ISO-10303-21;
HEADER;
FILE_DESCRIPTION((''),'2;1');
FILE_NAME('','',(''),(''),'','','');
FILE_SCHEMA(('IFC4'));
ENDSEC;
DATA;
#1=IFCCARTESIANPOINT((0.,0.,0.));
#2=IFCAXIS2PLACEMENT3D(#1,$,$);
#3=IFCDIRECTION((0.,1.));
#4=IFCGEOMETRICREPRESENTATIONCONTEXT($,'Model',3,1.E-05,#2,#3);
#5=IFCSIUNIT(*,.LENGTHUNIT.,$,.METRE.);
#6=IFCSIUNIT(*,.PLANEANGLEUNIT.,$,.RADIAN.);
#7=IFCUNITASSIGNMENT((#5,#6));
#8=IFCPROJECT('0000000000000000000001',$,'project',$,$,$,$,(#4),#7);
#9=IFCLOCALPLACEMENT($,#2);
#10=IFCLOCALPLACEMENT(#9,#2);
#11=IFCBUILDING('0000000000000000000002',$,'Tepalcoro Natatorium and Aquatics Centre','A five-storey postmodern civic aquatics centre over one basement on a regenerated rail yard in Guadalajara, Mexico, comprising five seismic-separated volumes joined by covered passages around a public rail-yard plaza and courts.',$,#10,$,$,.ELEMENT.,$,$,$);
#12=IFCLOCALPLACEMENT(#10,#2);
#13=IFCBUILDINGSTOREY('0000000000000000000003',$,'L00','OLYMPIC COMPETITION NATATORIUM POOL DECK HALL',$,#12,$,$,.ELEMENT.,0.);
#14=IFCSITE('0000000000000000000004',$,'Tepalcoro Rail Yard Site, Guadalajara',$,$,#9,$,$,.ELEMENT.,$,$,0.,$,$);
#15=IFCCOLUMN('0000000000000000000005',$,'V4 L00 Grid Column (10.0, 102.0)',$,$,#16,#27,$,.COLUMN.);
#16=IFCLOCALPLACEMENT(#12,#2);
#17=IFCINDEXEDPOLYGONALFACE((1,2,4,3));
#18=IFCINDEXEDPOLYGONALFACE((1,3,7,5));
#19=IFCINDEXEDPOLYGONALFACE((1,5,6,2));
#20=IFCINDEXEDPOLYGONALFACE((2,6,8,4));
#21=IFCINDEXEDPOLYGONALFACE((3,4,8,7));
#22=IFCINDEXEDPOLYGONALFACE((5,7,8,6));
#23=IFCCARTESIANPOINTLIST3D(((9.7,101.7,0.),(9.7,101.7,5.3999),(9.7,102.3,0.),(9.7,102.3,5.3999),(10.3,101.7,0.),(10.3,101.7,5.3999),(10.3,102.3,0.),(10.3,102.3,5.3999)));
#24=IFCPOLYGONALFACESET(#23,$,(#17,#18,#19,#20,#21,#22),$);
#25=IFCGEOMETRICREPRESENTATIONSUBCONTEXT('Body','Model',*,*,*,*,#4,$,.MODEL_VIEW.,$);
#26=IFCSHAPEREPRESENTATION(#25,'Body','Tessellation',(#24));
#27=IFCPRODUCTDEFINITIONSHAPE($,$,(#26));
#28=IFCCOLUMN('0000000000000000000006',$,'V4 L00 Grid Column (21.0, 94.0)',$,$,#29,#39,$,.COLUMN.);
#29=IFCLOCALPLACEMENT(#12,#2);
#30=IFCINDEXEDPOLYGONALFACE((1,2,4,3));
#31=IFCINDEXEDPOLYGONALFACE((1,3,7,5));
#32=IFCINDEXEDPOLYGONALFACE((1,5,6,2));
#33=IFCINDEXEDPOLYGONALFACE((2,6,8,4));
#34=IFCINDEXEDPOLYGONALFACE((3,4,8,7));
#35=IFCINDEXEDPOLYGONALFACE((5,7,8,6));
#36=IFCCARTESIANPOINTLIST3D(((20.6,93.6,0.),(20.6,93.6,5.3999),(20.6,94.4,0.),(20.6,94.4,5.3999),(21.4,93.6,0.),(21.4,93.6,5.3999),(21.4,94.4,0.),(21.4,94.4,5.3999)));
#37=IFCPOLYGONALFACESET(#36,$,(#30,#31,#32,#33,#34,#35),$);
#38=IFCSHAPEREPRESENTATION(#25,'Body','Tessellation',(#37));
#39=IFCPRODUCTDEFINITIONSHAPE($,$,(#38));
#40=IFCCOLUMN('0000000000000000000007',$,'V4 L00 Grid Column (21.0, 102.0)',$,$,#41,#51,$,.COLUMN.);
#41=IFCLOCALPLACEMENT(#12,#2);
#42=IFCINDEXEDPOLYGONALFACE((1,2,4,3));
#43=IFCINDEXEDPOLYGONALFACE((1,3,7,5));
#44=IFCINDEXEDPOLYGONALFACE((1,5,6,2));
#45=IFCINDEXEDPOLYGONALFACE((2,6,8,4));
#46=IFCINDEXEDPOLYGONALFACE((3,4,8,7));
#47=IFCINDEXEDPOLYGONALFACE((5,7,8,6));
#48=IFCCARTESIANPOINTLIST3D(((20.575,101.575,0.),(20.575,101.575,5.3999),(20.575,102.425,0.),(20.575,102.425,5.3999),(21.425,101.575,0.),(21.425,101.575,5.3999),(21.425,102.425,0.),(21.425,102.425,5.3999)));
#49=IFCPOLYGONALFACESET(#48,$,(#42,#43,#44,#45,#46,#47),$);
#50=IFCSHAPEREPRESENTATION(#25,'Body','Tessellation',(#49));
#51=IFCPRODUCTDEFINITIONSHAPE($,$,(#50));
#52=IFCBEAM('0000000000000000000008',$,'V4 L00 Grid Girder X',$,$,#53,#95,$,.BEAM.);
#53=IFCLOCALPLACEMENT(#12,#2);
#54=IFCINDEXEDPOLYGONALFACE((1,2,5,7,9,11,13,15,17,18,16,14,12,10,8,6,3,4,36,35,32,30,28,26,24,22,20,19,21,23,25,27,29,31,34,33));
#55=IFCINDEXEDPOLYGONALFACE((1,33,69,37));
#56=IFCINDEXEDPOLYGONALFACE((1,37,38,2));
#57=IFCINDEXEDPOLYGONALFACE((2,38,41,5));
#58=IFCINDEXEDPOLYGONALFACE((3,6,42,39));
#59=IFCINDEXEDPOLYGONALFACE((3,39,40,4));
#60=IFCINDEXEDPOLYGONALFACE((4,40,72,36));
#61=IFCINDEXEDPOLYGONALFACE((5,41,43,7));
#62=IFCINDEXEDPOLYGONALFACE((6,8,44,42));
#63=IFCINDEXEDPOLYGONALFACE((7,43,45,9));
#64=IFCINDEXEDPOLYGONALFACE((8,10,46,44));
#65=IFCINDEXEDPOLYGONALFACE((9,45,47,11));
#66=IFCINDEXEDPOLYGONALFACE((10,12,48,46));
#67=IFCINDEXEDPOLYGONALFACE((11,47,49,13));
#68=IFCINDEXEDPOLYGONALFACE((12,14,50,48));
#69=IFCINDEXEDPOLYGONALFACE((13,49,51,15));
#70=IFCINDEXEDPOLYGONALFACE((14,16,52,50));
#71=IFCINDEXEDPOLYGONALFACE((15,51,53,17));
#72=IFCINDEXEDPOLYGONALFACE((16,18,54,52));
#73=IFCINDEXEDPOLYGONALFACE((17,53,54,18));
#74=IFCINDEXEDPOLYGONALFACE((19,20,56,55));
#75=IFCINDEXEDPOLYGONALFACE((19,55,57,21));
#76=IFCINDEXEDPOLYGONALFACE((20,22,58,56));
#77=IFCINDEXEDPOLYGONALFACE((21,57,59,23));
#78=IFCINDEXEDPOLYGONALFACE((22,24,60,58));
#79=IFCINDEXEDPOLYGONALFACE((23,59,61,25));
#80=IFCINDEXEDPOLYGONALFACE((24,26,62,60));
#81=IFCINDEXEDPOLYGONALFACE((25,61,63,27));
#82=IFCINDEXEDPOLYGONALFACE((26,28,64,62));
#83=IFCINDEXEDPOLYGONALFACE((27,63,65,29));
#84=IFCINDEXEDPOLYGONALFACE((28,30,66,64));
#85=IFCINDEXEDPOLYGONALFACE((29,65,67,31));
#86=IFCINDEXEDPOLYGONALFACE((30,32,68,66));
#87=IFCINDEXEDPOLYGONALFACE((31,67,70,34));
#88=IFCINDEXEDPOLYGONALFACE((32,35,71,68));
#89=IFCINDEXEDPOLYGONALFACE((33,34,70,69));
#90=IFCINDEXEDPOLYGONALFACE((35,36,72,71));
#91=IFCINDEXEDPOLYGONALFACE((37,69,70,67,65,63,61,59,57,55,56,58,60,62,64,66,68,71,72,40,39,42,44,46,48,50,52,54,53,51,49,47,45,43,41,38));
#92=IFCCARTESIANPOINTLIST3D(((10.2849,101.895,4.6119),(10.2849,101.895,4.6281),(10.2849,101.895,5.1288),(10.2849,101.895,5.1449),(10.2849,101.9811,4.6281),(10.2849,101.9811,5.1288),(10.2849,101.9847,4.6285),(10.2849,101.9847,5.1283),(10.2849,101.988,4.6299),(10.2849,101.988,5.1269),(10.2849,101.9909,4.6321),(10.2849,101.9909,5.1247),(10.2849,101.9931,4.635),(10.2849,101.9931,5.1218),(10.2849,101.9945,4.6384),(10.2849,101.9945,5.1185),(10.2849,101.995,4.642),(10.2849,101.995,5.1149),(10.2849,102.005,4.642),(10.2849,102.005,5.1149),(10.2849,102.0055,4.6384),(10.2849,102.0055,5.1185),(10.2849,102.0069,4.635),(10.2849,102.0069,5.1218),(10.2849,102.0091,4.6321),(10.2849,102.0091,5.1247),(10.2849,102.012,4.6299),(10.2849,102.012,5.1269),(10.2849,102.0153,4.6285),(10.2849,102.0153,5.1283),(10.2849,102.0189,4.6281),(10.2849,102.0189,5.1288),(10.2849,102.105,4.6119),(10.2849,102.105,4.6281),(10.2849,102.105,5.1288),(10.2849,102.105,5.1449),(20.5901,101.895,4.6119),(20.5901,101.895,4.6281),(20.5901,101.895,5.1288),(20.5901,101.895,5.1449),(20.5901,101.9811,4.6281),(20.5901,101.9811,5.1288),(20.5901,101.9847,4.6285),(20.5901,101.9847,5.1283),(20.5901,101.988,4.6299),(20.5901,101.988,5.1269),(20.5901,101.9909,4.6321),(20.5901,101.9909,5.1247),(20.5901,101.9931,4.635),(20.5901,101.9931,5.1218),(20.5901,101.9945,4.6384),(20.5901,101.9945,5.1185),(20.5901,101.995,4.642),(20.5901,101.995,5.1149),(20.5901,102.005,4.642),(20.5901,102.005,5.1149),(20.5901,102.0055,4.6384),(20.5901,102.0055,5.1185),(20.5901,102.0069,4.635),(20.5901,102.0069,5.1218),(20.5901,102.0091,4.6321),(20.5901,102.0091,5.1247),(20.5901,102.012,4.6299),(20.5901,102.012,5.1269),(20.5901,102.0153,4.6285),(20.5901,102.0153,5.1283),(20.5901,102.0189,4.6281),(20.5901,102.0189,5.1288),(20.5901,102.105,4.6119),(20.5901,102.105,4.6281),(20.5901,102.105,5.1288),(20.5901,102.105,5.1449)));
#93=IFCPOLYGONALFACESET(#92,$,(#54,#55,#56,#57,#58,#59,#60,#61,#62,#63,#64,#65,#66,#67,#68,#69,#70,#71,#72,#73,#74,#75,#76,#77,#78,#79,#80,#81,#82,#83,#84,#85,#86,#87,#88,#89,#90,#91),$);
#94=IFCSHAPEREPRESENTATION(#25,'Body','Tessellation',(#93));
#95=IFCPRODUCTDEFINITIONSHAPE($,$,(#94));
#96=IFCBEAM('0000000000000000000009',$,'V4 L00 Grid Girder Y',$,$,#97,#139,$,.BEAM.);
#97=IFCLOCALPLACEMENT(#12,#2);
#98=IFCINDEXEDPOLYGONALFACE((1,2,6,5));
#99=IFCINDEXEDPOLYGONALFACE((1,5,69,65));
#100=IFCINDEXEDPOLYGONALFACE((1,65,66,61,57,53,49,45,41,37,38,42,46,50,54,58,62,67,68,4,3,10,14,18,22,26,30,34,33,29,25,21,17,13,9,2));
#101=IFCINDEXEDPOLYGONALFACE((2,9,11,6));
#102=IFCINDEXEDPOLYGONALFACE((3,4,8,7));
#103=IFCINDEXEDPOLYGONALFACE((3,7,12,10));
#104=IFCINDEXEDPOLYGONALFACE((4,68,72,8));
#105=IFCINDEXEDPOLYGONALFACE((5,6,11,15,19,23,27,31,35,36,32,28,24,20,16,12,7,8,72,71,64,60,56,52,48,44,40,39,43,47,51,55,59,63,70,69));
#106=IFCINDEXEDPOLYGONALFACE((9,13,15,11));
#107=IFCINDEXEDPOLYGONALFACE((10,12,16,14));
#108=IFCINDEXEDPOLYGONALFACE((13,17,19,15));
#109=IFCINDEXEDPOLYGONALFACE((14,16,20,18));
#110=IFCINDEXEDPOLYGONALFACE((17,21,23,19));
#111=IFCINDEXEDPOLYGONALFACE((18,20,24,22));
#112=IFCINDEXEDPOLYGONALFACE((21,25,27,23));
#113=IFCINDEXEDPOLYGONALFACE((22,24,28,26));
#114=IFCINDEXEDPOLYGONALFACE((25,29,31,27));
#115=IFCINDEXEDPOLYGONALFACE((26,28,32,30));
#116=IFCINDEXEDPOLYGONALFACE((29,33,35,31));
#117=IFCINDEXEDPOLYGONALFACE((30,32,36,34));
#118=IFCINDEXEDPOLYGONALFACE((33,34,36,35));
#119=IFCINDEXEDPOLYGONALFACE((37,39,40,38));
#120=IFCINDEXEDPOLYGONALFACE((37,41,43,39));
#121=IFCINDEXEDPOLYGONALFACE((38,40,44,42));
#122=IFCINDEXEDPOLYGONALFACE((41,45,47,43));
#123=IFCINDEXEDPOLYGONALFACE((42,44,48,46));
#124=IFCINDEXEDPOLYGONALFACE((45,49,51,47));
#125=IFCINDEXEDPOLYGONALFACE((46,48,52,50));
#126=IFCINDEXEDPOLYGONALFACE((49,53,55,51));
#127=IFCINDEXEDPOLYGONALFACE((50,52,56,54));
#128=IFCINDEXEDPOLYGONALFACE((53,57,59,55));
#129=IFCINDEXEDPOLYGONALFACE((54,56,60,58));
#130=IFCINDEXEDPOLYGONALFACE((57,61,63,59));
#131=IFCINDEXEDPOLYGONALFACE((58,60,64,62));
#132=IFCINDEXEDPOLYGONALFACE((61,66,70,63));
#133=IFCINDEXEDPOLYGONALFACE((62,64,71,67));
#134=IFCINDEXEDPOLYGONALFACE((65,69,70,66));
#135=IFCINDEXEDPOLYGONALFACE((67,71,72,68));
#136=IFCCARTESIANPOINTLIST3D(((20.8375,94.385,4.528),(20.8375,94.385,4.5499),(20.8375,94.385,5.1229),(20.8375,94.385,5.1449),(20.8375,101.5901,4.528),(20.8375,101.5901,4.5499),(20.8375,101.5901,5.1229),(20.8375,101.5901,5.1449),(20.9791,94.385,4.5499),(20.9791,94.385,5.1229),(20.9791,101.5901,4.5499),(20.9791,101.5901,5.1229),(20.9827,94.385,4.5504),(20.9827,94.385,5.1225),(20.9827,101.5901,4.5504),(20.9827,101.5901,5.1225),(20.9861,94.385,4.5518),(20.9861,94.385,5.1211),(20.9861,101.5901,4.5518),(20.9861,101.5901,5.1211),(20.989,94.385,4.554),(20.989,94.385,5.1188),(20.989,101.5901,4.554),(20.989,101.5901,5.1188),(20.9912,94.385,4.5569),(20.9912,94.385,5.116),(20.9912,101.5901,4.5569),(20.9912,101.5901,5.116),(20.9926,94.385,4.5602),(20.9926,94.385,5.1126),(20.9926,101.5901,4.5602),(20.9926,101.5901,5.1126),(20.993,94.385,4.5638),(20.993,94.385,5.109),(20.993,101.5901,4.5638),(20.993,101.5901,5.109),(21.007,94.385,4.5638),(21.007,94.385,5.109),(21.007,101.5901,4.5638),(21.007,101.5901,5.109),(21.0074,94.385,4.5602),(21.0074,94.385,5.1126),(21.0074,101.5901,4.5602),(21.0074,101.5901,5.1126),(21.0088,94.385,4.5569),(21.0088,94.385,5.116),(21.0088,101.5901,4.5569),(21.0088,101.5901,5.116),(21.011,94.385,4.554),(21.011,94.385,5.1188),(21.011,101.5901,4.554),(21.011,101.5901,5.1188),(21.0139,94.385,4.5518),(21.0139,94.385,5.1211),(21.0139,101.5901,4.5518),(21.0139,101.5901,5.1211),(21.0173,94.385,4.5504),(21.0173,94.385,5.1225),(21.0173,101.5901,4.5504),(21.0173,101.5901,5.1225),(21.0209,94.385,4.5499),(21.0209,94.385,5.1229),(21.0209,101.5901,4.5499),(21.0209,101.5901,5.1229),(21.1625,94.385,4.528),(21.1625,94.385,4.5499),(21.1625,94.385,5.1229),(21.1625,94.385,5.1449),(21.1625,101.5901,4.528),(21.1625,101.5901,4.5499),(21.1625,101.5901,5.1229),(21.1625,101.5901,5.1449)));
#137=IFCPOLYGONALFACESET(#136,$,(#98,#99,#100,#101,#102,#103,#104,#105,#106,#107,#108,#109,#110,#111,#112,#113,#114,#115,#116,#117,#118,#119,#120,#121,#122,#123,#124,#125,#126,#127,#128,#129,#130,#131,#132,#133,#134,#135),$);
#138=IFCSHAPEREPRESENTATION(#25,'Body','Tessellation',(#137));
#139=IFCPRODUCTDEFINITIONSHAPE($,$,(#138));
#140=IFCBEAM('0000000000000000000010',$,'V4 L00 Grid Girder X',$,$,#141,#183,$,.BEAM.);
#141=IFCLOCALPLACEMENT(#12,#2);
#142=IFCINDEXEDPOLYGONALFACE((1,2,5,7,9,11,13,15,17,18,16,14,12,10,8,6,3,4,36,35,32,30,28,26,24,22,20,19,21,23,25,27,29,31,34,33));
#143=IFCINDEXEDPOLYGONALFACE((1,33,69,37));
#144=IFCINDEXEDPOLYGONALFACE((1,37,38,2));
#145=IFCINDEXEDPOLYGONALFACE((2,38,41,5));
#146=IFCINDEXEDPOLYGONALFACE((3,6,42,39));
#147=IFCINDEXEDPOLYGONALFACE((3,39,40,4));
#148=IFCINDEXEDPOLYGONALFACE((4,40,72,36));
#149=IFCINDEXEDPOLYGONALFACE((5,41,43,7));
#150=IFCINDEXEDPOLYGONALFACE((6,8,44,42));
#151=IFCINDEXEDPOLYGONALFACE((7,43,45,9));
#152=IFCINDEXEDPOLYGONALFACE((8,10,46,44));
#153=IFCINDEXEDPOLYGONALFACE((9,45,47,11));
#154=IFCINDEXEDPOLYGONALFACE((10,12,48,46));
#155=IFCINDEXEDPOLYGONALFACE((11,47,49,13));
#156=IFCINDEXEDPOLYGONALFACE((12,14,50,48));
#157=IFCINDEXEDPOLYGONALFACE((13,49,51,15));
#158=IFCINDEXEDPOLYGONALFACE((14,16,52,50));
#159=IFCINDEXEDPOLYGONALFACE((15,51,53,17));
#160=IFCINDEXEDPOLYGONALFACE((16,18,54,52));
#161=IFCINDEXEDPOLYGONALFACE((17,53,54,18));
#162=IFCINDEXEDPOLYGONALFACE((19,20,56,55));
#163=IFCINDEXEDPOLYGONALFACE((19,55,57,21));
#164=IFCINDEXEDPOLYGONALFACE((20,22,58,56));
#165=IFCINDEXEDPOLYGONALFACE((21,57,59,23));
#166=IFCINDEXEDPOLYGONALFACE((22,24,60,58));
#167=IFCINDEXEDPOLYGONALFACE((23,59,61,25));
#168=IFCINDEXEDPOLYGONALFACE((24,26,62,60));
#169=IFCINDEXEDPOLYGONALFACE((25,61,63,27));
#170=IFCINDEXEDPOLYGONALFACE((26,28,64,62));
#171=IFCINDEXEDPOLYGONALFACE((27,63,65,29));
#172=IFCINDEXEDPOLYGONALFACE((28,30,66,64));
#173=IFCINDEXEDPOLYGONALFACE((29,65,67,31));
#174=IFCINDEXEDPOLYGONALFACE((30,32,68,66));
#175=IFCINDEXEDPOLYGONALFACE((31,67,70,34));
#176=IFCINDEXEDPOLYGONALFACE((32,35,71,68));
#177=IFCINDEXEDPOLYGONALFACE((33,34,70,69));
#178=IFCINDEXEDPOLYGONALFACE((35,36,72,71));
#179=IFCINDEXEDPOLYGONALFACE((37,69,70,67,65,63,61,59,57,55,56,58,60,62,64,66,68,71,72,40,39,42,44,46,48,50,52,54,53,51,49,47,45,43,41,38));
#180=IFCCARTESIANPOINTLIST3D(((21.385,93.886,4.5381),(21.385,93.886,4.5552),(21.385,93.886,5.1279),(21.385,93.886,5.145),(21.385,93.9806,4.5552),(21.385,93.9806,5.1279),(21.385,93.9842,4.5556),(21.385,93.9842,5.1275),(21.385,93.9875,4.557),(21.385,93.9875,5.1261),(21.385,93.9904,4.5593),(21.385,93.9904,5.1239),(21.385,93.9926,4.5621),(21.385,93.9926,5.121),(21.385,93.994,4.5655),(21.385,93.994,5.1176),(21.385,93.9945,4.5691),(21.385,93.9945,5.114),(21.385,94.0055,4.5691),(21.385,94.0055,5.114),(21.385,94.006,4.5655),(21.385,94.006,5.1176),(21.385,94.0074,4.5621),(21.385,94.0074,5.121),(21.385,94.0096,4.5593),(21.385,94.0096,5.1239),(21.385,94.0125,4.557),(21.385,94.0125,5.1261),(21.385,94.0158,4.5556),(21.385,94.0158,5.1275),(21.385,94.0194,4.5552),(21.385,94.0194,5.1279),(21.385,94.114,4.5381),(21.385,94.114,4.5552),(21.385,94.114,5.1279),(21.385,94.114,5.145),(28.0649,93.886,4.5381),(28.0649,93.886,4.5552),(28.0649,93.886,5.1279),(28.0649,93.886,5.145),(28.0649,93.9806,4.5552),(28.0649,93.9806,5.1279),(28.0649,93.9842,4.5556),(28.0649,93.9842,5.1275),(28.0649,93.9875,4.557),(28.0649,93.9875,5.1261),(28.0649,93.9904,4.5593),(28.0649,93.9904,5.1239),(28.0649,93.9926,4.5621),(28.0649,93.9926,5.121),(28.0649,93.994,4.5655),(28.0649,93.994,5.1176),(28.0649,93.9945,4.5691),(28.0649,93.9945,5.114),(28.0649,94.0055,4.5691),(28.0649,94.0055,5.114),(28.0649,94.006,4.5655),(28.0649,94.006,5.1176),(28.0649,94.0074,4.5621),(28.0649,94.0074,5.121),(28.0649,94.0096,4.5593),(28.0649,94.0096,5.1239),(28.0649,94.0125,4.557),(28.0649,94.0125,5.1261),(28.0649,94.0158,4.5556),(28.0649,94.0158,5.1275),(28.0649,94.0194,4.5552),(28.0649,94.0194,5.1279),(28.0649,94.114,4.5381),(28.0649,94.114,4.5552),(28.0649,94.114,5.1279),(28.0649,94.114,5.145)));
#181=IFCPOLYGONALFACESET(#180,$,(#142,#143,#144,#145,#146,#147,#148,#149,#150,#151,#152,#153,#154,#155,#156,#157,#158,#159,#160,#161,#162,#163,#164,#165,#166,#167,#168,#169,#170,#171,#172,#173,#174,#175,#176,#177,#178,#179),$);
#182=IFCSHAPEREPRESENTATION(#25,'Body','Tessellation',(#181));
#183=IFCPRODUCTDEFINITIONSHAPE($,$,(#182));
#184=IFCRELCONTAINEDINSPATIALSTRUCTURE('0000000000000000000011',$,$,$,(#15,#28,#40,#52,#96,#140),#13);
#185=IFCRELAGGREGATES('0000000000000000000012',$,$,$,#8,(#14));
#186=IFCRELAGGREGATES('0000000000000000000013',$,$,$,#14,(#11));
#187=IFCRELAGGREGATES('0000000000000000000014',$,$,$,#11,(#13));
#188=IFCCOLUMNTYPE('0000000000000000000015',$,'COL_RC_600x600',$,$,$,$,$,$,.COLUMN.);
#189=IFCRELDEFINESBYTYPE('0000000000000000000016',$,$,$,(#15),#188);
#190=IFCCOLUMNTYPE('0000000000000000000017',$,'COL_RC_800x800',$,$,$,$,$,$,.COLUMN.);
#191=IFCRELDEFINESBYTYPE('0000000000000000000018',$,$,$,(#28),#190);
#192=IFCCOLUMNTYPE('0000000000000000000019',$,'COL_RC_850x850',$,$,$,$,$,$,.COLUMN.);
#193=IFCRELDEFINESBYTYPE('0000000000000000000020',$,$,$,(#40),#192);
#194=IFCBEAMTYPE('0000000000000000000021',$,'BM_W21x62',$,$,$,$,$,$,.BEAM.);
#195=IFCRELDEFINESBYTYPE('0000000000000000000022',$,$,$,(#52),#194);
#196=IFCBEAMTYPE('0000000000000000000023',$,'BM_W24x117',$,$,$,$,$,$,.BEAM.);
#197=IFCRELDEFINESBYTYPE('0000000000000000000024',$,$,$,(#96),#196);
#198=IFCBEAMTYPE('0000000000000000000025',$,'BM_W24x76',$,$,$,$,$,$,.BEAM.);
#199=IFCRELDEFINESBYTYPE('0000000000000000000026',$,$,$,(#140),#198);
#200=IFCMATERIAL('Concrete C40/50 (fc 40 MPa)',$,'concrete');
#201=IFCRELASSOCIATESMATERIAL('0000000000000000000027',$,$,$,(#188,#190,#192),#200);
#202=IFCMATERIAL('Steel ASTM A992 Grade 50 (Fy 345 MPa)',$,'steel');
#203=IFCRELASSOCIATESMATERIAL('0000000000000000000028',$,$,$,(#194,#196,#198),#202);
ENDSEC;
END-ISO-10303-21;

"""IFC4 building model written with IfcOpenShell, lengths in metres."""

from ifc_helpers import new_model, si_unit, direction, frame, origin, origin_2d, place, context, subcontext, project, spatial, rectangle, i_section, extrude, material, material_profile, profile_set, type_object, element, save


model = new_model("IFC4")

# Units and contexts
model_context = context("Model", 3, precision=1e-05, world=origin(), true_north=direction((0.0, 1.0)))
body_context = subcontext(model_context, "Body", "Model", "MODEL_VIEW")
ifc_project = project(units=[si_unit("LENGTHUNIT", "METRE"), si_unit("PLANEANGLEUNIT", "RADIAN")], contexts=[model_context])

# Site, building, storey
site_placement = place(None, origin())
site = spatial("IfcSite", under=ifc_project, at=site_placement, Name="Tepalcoro Rail Yard Site, Guadalajara", CompositionType="ELEMENT", RefElevation=0.0)
building_placement = place(site_placement, origin())
building = spatial("IfcBuilding", under=site, at=building_placement, Name="Tepalcoro Natatorium and Aquatics Centre", Description="A five-storey postmodern civic aquatics centre over one basement on a regenerated rail yard in Guadalajara, Mexico, comprising five seismic-separated volumes joined by covered passages around a public rail-yard plaza and courts.", CompositionType="ELEMENT")
storey_placement = place(building_placement, origin())
storey = spatial("IfcBuildingStorey", under=building, at=storey_placement, Name="L00", Description="OLYMPIC COMPETITION NATATORIUM POOL DECK HALL", CompositionType="ELEMENT", Elevation=0.0)

# Columns
ifc_material_1 = material(Name="Concrete C40/50 (fc 40 MPa)", Category="concrete")
ifc_material_profile_1 = material_profile(ifc_material_1, rectangle(XDim=0.6001, YDim=0.6001, at=origin_2d()), Name="RC600x600")
ifc_profile_set_1 = profile_set([ifc_material_profile_1], Name="Concrete C40/50 (fc 40 MPa)")
column_type_1 = type_object("IfcColumnType", Name="COL_RC_600x600", PredefinedType="COLUMN", material=ifc_profile_set_1)
column_1_placement = place(storey_placement, frame((10.0, 102.0, 0.0), z_axis=(0.0, 0.0, 1.0), x_axis=(1.0, 0.0, 0.0)))
element("IfcColumn", 1, at=column_1_placement, inside=storey, type_object=column_type_1, Name="V4 L00 Grid Column (10.0, 102.0)", PredefinedType="COLUMN", context=body_context, shape_type="SweptSolid", body=[
    extrude(rectangle(XDim=0.6001, YDim=0.6001, at=origin_2d()), origin(), (0.0, 0.0, 1.0), 5.3999),
])
ifc_material_profile_2 = material_profile(ifc_material_1, rectangle(XDim=0.8, YDim=0.8, at=origin_2d()), Name="RC800x800")
ifc_profile_set_2 = profile_set([ifc_material_profile_2], Name="Concrete C40/50 (fc 40 MPa)")
column_type_2 = type_object("IfcColumnType", Name="COL_RC_800x800", PredefinedType="COLUMN", material=ifc_profile_set_2)
column_2_placement = place(storey_placement, frame((21.0, 94.0, 0.0), z_axis=(0.0, 0.0, 1.0), x_axis=(1.0, 0.0, 0.0)))
element("IfcColumn", 2, at=column_2_placement, inside=storey, type_object=column_type_2, Name="V4 L00 Grid Column (21.0, 94.0)", PredefinedType="COLUMN", context=body_context, shape_type="SweptSolid", body=[
    extrude(rectangle(XDim=0.8, YDim=0.8, at=origin_2d()), origin(), (0.0, 0.0, 1.0), 5.3999),
])
ifc_material_profile_3 = material_profile(ifc_material_1, rectangle(XDim=0.8501, YDim=0.8501, at=origin_2d()), Name="RC850x850")
ifc_profile_set_3 = profile_set([ifc_material_profile_3], Name="Concrete C40/50 (fc 40 MPa)")
column_type_3 = type_object("IfcColumnType", Name="COL_RC_850x850", PredefinedType="COLUMN", material=ifc_profile_set_3)
column_3_placement = place(storey_placement, frame((21.0, 102.0, 0.0), z_axis=(0.0, 0.0, 1.0), x_axis=(1.0, 0.0, 0.0)))
element("IfcColumn", 3, at=column_3_placement, inside=storey, type_object=column_type_3, Name="V4 L00 Grid Column (21.0, 102.0)", PredefinedType="COLUMN", context=body_context, shape_type="SweptSolid", body=[
    extrude(rectangle(XDim=0.8501, YDim=0.8501, at=origin_2d()), origin(), (0.0, 0.0, 1.0), 5.3999),
])

# Beams
ifc_material_2 = material(Name="Steel ASTM A992 Grade 50 (Fy 345 MPa)", Category="steel")
ifc_material_profile_4 = material_profile(ifc_material_2, i_section(OverallWidth=0.21, OverallDepth=0.533, WebThickness=0.01, FlangeThickness=0.0161, FilletRadius=0.0139, at=origin_2d()), Name="W21X62")
ifc_profile_set_4 = profile_set([ifc_material_profile_4], Name="Steel ASTM A992 Grade 50 (Fy 345 MPa)")
beam_type_1 = type_object("IfcBeamType", Name="BM_W21x62", PredefinedType="BEAM", material=ifc_profile_set_4)
beam_1_placement = place(storey_placement, frame((10.2849, 102.0, 4.8784), z_axis=(1.0, 0.0, 0.0), x_axis=(0.0, 1.0, 0.0)))
element("IfcBeam", 4, at=beam_1_placement, inside=storey, type_object=beam_type_1, Name="V4 L00 Grid Girder X", PredefinedType="BEAM", context=body_context, shape_type="SweptSolid", body=[
    extrude(i_section(OverallWidth=0.21, OverallDepth=0.533, WebThickness=0.01, FlangeThickness=0.0161, FilletRadius=0.0139, at=origin_2d()), origin(), (0.0, 0.0, 1.0), 10.3052),
])
ifc_material_profile_5 = material_profile(ifc_material_2, i_section(OverallWidth=0.325, OverallDepth=0.6169, WebThickness=0.0139, FlangeThickness=0.022, FilletRadius=0.0139, at=origin_2d()), Name="W24X117")
ifc_profile_set_5 = profile_set([ifc_material_profile_5], Name="Steel ASTM A992 Grade 50 (Fy 345 MPa)")
beam_type_2 = type_object("IfcBeamType", Name="BM_W24x117", PredefinedType="BEAM", material=ifc_profile_set_5)
beam_2_placement = place(storey_placement, frame((21.0, 94.385, 4.8364), z_axis=(0.0, 1.0, 0.0), x_axis=(-1.0, 0.0, 0.0)))
element("IfcBeam", 5, at=beam_2_placement, inside=storey, type_object=beam_type_2, Name="V4 L00 Grid Girder Y", PredefinedType="BEAM", context=body_context, shape_type="SweptSolid", body=[
    extrude(i_section(OverallWidth=0.325, OverallDepth=0.6169, WebThickness=0.0139, FlangeThickness=0.022, FilletRadius=0.0139, at=origin_2d()), origin(), (0.0, 0.0, 1.0), 7.2051),
])
ifc_material_profile_6 = material_profile(ifc_material_2, i_section(OverallWidth=0.228, OverallDepth=0.6069, WebThickness=0.011, FlangeThickness=0.0171, FilletRadius=0.0139, at=origin_2d()), Name="W24X76")
ifc_profile_set_6 = profile_set([ifc_material_profile_6], Name="Steel ASTM A992 Grade 50 (Fy 345 MPa)")
beam_type_3 = type_object("IfcBeamType", Name="BM_W24x76", PredefinedType="BEAM", material=ifc_profile_set_6)
beam_3_placement = place(storey_placement, frame((21.385, 94.0, 4.8416), z_axis=(1.0, 0.0, 0.0), x_axis=(0.0, 1.0, 0.0)))
element("IfcBeam", 6, at=beam_3_placement, inside=storey, type_object=beam_type_3, Name="V4 L00 Grid Girder X", PredefinedType="BEAM", context=body_context, shape_type="SweptSolid", body=[
    extrude(i_section(OverallWidth=0.228, OverallDepth=0.6069, WebThickness=0.011, FlangeThickness=0.0171, FilletRadius=0.0139, at=origin_2d()), origin(), (0.0, 0.0, 1.0), 6.6799),
])

save(model, "model.ifc")
